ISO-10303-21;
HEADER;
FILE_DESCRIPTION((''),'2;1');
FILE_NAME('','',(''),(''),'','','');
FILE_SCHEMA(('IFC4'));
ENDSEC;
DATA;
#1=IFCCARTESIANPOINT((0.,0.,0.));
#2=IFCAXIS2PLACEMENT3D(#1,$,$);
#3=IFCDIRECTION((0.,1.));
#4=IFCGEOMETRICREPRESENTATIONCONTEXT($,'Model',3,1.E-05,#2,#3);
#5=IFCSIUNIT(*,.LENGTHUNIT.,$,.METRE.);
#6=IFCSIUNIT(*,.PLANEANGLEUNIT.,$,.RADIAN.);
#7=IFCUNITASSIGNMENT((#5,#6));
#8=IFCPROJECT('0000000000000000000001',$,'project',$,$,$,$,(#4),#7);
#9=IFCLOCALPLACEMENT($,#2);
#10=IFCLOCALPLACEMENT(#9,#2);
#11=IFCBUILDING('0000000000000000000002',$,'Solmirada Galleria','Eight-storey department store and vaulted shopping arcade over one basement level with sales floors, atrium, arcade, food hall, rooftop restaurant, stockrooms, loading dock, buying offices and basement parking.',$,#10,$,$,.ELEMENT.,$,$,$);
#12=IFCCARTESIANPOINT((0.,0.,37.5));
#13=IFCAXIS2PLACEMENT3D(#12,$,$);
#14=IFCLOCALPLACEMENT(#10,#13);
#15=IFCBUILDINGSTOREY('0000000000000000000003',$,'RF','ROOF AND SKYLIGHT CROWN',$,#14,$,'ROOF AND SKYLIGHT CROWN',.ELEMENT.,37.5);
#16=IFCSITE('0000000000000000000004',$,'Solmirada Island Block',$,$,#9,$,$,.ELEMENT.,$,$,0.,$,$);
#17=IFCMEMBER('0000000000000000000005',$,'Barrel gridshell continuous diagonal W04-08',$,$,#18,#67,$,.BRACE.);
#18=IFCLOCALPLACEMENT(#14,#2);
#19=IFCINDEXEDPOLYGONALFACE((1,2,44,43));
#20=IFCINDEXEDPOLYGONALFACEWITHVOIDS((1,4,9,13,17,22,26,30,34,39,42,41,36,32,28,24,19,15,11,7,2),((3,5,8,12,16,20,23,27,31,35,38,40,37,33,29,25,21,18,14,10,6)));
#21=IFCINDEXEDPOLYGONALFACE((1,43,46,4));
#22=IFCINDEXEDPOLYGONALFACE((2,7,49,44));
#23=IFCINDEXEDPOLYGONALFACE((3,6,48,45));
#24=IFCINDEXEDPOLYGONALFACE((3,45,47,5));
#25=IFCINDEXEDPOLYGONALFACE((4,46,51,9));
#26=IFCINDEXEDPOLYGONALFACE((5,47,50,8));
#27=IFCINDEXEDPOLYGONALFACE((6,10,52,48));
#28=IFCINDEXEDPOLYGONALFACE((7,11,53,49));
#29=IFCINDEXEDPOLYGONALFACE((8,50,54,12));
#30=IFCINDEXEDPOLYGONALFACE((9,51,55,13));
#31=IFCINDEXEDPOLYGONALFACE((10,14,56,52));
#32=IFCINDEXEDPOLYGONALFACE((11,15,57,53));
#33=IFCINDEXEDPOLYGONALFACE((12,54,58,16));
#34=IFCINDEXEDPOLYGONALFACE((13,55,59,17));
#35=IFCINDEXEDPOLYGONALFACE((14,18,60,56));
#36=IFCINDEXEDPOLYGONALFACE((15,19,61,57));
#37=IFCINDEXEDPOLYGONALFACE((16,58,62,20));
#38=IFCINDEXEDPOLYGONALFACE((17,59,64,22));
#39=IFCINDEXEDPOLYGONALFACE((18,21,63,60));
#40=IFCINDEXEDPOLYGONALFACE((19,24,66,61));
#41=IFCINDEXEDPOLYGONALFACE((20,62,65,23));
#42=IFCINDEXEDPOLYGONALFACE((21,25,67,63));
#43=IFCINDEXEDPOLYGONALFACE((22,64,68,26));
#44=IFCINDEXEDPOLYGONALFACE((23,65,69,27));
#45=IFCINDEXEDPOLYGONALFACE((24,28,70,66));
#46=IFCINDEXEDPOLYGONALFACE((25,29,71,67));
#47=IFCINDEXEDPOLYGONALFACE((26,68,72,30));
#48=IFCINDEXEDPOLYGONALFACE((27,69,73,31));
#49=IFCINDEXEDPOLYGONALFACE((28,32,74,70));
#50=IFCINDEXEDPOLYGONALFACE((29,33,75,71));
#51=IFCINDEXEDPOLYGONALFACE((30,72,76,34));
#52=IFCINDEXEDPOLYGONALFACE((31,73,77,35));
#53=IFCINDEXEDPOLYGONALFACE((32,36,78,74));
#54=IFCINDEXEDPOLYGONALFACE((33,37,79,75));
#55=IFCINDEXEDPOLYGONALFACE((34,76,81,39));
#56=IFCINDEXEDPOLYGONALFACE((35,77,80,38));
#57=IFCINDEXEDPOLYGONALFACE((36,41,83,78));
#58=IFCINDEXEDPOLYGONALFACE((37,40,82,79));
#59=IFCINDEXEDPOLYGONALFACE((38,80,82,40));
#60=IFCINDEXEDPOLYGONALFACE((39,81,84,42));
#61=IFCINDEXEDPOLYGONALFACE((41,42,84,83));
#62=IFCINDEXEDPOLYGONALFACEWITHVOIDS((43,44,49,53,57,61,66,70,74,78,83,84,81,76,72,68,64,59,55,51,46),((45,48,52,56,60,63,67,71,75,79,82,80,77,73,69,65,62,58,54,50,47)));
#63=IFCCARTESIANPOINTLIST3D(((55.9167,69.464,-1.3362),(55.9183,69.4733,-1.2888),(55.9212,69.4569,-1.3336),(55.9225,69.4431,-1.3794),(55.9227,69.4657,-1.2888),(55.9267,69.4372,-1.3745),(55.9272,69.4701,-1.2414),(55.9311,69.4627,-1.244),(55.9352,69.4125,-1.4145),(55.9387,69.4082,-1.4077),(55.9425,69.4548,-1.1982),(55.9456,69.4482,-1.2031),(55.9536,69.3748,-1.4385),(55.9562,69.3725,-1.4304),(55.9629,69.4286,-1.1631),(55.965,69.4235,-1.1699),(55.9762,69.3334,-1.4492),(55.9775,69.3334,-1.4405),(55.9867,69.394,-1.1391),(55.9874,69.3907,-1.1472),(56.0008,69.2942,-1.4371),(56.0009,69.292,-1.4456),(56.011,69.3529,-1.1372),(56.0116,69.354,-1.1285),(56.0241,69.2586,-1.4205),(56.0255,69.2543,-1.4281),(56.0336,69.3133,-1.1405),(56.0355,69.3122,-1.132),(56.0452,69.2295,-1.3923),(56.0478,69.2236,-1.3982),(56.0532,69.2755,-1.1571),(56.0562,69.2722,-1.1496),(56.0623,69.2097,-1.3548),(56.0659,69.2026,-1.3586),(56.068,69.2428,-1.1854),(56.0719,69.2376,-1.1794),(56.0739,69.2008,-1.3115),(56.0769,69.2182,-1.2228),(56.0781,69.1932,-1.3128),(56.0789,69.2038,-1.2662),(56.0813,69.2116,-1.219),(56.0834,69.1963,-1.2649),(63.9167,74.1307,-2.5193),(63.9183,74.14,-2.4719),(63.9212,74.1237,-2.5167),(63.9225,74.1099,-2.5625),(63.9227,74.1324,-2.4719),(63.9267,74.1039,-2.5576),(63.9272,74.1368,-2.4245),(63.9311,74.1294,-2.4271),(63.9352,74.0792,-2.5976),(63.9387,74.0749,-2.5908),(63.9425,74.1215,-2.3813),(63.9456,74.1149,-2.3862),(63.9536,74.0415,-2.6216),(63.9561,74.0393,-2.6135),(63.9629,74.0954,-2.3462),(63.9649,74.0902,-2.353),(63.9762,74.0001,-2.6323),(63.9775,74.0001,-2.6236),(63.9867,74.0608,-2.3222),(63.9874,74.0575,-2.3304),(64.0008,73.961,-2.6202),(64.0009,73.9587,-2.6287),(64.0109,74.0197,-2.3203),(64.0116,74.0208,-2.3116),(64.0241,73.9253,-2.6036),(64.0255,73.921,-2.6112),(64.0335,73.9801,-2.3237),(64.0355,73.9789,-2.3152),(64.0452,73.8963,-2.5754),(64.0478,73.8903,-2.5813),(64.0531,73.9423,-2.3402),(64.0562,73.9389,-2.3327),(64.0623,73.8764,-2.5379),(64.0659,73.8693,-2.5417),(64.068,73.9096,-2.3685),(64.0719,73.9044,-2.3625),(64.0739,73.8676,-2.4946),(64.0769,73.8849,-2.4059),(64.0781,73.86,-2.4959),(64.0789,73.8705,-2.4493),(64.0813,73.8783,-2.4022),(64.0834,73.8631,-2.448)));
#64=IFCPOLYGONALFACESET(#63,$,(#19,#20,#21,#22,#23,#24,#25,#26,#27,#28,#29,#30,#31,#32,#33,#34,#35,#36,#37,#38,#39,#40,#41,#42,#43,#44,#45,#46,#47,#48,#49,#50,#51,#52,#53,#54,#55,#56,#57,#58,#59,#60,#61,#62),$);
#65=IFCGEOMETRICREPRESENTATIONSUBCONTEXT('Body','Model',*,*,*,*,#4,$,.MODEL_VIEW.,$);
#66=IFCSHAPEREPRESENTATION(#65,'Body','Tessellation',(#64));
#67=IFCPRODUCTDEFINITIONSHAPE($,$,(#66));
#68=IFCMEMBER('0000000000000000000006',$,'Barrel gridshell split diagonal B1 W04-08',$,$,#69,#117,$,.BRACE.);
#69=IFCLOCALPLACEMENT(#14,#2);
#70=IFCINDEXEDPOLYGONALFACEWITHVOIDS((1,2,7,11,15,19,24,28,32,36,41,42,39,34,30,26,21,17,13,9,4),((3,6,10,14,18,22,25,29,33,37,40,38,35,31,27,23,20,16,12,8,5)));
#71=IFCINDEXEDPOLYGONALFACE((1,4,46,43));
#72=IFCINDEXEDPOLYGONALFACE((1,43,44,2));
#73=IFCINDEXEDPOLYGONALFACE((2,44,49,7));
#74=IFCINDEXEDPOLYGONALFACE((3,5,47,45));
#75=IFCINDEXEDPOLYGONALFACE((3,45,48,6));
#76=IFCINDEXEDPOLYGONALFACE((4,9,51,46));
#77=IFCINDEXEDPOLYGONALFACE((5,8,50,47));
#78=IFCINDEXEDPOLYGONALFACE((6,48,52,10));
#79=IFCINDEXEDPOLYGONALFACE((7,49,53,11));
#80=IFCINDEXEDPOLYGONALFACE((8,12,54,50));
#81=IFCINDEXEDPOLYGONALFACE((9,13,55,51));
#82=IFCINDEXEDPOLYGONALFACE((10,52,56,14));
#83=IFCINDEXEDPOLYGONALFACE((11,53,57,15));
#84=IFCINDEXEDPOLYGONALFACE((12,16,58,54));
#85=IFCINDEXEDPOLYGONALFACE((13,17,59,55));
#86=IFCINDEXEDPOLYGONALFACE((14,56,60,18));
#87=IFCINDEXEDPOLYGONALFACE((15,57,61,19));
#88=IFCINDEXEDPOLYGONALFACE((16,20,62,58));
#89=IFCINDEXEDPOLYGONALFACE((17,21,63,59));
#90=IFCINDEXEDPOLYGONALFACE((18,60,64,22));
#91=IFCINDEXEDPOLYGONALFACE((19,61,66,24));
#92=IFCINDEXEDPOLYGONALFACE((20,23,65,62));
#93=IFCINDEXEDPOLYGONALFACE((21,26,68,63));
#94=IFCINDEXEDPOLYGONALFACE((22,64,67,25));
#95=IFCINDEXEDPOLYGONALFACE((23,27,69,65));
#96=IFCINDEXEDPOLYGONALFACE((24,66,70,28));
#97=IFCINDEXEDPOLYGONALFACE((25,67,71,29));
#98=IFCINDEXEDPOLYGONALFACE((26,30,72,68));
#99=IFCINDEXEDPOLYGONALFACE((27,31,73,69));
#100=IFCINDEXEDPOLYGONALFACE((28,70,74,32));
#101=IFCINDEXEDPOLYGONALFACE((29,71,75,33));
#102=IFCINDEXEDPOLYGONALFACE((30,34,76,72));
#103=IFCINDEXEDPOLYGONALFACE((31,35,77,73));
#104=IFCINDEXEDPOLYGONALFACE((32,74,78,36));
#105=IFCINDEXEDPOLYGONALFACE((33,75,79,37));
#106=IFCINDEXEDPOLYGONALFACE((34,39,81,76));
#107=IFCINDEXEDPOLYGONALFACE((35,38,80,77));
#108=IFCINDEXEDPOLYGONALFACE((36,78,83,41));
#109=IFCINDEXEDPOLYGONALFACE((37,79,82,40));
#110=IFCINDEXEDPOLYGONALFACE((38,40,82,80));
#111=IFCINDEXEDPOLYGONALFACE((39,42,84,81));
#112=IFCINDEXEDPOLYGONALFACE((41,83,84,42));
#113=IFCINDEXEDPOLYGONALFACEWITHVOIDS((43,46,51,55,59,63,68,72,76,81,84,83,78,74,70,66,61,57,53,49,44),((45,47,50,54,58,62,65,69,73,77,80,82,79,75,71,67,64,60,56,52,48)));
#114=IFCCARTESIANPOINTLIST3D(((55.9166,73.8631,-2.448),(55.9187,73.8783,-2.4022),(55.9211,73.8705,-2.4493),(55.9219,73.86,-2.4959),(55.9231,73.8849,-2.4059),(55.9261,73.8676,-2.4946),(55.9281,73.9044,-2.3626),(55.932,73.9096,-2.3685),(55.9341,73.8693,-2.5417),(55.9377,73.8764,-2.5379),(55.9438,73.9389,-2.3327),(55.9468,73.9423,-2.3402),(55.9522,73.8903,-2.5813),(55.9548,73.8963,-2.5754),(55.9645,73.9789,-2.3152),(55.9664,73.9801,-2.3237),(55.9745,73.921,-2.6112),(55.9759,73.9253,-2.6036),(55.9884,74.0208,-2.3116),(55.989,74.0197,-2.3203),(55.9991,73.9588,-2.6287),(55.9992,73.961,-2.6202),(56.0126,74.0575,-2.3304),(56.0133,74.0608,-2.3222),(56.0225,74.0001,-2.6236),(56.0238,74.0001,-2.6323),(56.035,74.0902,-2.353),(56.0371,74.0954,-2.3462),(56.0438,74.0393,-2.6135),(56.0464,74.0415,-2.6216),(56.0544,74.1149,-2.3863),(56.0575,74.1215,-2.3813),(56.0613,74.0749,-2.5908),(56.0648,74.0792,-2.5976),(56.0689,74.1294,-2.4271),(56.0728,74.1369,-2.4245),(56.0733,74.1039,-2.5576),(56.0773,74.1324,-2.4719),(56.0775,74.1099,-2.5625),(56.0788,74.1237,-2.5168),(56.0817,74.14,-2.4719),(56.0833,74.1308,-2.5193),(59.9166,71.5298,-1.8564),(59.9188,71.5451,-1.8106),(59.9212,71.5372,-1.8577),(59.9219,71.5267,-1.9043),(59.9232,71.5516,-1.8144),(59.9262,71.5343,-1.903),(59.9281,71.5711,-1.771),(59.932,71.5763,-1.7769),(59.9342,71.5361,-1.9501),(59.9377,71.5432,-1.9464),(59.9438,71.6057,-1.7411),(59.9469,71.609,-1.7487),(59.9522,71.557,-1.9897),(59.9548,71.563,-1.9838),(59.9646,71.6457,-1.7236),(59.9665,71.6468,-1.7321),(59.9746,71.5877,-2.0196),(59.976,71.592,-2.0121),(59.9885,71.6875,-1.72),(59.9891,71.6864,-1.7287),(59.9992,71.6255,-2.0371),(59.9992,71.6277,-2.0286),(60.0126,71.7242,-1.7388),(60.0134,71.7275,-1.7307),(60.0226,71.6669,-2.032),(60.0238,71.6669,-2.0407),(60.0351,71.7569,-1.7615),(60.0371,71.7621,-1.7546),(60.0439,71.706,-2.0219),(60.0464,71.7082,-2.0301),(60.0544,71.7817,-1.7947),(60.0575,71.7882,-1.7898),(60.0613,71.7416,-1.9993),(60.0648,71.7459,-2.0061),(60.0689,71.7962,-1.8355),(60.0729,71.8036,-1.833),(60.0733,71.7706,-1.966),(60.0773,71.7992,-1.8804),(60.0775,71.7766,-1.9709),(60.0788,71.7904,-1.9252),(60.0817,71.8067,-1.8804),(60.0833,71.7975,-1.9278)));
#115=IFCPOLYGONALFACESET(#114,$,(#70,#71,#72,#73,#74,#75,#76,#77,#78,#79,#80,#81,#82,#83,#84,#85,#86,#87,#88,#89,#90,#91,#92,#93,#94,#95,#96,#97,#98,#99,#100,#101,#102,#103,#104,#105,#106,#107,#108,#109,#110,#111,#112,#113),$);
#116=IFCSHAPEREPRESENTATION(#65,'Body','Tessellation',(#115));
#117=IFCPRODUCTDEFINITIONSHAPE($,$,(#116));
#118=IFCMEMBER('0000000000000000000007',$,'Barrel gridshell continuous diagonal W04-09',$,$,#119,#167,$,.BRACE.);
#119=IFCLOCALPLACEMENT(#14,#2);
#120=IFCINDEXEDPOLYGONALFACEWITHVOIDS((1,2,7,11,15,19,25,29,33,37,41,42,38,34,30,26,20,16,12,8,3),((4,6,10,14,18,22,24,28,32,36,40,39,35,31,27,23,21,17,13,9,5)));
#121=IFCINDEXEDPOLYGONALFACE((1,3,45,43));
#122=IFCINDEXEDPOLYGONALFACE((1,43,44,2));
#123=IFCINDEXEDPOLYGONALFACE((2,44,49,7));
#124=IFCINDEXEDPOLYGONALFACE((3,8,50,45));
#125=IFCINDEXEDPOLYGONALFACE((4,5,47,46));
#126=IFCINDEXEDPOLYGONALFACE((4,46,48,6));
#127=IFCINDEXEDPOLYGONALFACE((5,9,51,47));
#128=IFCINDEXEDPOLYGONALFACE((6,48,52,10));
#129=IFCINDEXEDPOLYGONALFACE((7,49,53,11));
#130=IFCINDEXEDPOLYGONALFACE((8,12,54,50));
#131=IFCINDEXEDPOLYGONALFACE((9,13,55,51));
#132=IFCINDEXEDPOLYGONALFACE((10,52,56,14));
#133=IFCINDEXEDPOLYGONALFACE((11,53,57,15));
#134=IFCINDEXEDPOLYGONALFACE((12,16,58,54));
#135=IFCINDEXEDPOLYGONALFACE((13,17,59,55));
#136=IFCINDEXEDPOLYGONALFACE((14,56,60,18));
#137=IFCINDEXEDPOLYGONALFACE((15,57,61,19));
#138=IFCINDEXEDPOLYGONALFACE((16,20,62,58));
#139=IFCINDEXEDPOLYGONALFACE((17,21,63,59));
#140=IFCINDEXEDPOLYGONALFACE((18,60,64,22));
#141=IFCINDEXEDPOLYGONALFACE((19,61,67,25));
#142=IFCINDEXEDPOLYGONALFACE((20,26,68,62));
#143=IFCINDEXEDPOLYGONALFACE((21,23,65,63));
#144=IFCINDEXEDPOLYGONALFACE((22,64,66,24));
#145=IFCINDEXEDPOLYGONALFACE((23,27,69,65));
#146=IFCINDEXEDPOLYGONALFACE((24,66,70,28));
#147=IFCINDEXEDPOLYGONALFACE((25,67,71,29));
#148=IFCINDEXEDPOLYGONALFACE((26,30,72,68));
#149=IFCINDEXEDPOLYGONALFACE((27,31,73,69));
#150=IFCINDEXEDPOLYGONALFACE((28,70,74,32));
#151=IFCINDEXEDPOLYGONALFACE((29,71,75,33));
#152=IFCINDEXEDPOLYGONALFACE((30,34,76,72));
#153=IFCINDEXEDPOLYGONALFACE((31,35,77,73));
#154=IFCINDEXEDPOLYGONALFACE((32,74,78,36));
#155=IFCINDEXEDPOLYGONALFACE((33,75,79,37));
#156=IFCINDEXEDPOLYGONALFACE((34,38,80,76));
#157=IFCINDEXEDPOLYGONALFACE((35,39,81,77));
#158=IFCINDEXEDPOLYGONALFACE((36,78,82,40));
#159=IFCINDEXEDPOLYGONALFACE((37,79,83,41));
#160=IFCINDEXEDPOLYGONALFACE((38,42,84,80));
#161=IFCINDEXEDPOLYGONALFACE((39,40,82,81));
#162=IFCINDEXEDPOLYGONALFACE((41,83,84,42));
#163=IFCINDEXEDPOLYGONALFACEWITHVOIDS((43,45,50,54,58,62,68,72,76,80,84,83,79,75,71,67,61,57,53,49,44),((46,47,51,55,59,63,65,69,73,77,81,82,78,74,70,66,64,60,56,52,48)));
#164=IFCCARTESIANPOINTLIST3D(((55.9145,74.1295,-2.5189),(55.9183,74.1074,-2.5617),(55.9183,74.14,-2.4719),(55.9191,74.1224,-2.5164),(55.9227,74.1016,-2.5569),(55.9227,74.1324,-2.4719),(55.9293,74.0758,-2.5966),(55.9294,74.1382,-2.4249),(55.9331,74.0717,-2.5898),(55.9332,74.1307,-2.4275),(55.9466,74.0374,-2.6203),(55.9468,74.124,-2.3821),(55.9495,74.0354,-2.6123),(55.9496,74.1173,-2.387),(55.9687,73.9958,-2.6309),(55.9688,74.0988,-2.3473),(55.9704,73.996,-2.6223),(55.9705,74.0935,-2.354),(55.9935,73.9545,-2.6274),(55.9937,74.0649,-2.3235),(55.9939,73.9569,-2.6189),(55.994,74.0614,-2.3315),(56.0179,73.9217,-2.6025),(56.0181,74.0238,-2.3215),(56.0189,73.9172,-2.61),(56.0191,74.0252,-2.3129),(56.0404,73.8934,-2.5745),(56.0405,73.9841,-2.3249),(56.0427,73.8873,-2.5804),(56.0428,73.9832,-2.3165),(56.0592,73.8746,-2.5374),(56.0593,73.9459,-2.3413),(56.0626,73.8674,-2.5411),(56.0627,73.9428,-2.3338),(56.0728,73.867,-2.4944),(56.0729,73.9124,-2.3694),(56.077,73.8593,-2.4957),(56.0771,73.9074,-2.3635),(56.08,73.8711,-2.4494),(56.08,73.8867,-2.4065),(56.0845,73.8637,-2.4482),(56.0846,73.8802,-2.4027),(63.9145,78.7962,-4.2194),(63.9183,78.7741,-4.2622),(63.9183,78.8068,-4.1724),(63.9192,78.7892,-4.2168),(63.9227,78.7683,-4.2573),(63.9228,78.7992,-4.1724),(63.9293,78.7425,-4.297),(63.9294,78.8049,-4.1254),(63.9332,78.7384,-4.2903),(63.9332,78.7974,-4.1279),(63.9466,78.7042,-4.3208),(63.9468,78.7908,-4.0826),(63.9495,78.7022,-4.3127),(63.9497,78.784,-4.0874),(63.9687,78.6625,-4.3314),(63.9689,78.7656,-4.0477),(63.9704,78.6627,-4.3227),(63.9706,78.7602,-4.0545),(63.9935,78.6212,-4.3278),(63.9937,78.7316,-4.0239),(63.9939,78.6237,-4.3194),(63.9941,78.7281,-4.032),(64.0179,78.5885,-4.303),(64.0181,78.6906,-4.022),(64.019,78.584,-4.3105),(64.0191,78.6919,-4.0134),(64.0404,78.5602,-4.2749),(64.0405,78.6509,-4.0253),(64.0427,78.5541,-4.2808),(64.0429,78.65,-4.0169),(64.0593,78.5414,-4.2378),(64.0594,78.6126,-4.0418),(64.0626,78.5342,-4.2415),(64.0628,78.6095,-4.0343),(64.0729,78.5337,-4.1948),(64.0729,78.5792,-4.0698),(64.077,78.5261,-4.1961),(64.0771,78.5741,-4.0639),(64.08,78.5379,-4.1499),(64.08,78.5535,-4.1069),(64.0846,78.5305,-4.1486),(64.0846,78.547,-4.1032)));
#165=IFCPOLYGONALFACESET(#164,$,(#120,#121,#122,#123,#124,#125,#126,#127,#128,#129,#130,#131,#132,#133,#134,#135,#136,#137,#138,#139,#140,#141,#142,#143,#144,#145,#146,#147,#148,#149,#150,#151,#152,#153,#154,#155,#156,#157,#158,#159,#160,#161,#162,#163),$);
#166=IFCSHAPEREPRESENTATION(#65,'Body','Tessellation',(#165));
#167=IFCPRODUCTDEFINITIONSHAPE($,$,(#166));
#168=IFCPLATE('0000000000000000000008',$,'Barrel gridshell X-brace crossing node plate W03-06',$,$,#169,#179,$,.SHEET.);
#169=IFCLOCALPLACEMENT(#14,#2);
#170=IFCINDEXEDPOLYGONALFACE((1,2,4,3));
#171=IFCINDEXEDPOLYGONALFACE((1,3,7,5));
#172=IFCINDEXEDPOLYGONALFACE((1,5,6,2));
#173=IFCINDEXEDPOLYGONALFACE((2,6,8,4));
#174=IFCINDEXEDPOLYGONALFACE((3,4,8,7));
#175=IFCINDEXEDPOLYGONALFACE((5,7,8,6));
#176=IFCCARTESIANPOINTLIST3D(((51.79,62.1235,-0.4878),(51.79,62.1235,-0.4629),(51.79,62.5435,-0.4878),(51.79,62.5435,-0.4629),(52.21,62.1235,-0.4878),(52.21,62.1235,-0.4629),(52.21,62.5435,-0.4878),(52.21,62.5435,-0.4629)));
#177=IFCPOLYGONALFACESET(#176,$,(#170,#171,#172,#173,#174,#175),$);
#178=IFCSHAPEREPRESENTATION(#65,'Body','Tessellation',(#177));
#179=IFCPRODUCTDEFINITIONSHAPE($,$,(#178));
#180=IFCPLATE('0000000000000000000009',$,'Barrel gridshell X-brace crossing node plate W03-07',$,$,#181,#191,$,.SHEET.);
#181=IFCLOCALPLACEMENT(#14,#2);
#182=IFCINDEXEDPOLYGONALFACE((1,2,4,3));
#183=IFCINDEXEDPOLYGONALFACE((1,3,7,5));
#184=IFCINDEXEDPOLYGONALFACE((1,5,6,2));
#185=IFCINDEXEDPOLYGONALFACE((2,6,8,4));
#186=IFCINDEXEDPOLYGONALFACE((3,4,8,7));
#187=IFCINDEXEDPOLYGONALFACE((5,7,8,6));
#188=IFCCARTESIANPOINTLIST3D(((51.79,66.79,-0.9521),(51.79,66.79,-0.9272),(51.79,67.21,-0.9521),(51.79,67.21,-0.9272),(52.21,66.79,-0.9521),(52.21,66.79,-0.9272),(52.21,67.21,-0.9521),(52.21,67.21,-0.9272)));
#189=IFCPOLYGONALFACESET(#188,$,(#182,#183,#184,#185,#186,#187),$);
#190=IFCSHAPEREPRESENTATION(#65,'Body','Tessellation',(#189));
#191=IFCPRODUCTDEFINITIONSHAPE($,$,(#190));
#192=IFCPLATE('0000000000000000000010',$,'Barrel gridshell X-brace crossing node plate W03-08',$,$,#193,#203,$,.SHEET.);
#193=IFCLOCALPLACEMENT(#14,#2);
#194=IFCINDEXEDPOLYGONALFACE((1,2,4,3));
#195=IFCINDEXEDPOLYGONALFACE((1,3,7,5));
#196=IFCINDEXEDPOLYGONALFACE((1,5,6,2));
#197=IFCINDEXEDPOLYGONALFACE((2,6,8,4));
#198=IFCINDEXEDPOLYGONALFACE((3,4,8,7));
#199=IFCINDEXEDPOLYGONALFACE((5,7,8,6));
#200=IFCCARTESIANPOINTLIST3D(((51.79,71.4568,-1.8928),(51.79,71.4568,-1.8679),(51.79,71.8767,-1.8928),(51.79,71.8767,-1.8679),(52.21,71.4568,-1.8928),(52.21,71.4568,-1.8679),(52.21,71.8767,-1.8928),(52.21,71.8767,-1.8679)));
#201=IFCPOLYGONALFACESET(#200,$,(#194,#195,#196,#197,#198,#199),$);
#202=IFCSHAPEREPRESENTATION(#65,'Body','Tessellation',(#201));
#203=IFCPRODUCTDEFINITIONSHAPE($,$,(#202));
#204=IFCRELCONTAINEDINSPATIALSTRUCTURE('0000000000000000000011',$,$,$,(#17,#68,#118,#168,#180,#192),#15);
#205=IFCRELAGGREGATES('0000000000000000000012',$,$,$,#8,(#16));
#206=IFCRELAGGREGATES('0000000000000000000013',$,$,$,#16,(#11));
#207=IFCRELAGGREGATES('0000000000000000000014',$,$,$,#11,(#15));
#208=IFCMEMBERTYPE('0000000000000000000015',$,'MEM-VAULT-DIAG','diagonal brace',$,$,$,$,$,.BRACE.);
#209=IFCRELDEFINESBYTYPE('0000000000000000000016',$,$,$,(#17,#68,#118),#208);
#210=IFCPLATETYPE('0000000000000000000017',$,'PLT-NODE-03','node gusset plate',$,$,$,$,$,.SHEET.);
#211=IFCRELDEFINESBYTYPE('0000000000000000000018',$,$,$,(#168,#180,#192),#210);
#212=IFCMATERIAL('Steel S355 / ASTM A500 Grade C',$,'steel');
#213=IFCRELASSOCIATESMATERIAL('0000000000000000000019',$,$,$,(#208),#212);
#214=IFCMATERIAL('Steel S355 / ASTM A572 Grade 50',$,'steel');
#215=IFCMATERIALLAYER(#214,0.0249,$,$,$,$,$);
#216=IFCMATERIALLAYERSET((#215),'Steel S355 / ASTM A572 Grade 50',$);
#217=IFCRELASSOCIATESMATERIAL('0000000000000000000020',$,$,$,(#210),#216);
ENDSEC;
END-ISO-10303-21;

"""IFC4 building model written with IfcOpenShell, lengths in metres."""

from ifc_helpers import new_model, si_unit, direction, frame, origin, origin_2d, place, context, subcontext, project, spatial, rectangle, hollow_circle, extrude, material, layer, layer_set, material_profile, profile_set, type_object, element, save


model = new_model("IFC4")

# Units and contexts
model_context = context("Model", 3, precision=1e-05, world=origin(), true_north=direction((0.0, 1.0)))
body_context = subcontext(model_context, "Body", "Model", "MODEL_VIEW")
ifc_project = project(units=[si_unit("LENGTHUNIT", "METRE"), si_unit("PLANEANGLEUNIT", "RADIAN")], contexts=[model_context])

# Site, building, storey
site_placement = place(None, origin())
site = spatial("IfcSite", under=ifc_project, at=site_placement, Name="Solmirada Island Block", CompositionType="ELEMENT", RefElevation=0.0)
building_placement = place(site_placement, origin())
building = spatial("IfcBuilding", under=site, at=building_placement, Name="Solmirada Galleria", Description="Eight-storey department store and vaulted shopping arcade over one basement level with sales floors, atrium, arcade, food hall, rooftop restaurant, stockrooms, loading dock, buying offices and basement parking.", CompositionType="ELEMENT")
storey_placement = place(building_placement, frame((0.0, 0.0, 37.5)))
storey = spatial("IfcBuildingStorey", under=building, at=storey_placement, Name="RF", Description="ROOF AND SKYLIGHT CROWN", LongName="ROOF AND SKYLIGHT CROWN", CompositionType="ELEMENT", Elevation=37.5)

# Members
ifc_material_1 = material(Name="Steel S355 / ASTM A500 Grade C", Category="steel")
ifc_material_profile_1 = material_profile(ifc_material_1, hollow_circle(Radius=0.1621, WallThickness=0.0088, at=origin_2d()), Name="HSS12.750X0.375")
ifc_profile_set_1 = profile_set([ifc_material_profile_1], Name="Steel S355 / ASTM A500 Grade C")
member_type_1 = type_object("IfcMemberType", Name="MEM-VAULT-DIAG", Description="diagonal brace", PredefinedType="BRACE", material=ifc_profile_set_1)
member_1_placement = place(storey_placement, frame((56.0, 69.3333, -1.2888), z_axis=(0.856813, 0.499816, -0.126712), x_axis=(-0.503878, 0.863775, 0.0)))
element("IfcMember", 1, at=member_1_placement, inside=storey, type_object=member_type_1, Name="Barrel gridshell continuous diagonal W04-08", PredefinedType="BRACE", context=body_context, shape_type="SweptSolid", body=[
    extrude(hollow_circle(Radius=0.1621, WallThickness=0.0088, at=origin_2d()), origin(), (0.0, 0.0, 1.0), 9.3369),
])
member_2_placement = place(storey_placement, frame((56.0, 74.0, -2.4719), z_axis=(0.856824, -0.499796, 0.126714), x_axis=(0.503858, 0.863787, 0.0)))
element("IfcMember", 2, at=member_2_placement, inside=storey, type_object=member_type_1, Name="Barrel gridshell split diagonal B1 W04-08", PredefinedType="BRACE", context=body_context, shape_type="SweptSolid", body=[
    extrude(hollow_circle(Radius=0.1621, WallThickness=0.0088, at=origin_2d()), origin(), (0.0, 0.0, 1.0), 4.6685),
])
member_3_placement = place(storey_placement, frame((56.0, 74.0, -2.4719), z_axis=(0.849575, 0.495594, -0.180581), x_axis=(-0.503878, 0.863775, 0.0)))
element("IfcMember", 3, at=member_3_placement, inside=storey, type_object=member_type_1, Name="Barrel gridshell continuous diagonal W04-09", PredefinedType="BRACE", context=body_context, shape_type="SweptSolid", body=[
    extrude(hollow_circle(Radius=0.1621, WallThickness=0.0088, at=origin_2d()), origin(), (0.0, 0.0, 1.0), 9.4165),
])

# Plates
ifc_material_2 = material(Name="Steel S355 / ASTM A572 Grade 50", Category="steel")
ifc_layer_1 = layer(ifc_material_2, 0.0249)
ifc_layer_set_1 = layer_set([ifc_layer_1], Name="Steel S355 / ASTM A572 Grade 50")
plate_type_1 = type_object("IfcPlateType", Name="PLT-NODE-03", Description="node gusset plate", PredefinedType="SHEET", material=ifc_layer_set_1)
for number, where, z_axis, x_axis, name in (
    (4, (52.0, 62.3335, -0.4878), (0.0, 0.0, 1.0), (1.0, 0.0, 0.0), "Barrel gridshell X-brace crossing node plate W03-06"),
    (5, (52.0, 67.0, -0.9521), (0.0, 0.0, 1.0), (1.0, 0.0, 0.0), "Barrel gridshell X-brace crossing node plate W03-07"),
    (6, (52.0, 71.6667, -1.8928), (0.0, 0.0, 1.0), (1.0, 0.0, 0.0), "Barrel gridshell X-brace crossing node plate W03-08"),
):
    element("IfcPlate", number, at=place(storey_placement, frame(where, z_axis=z_axis, x_axis=x_axis)), inside=storey, type_object=plate_type_1, Name=name, PredefinedType="SHEET", context=body_context, shape_type="SweptSolid", body=[
        extrude(rectangle(XDim=0.4199, YDim=0.4199, at=origin_2d()), origin(), (0.0, 0.0, 1.0), 0.0249),
    ])

save(model, "model.ifc")
